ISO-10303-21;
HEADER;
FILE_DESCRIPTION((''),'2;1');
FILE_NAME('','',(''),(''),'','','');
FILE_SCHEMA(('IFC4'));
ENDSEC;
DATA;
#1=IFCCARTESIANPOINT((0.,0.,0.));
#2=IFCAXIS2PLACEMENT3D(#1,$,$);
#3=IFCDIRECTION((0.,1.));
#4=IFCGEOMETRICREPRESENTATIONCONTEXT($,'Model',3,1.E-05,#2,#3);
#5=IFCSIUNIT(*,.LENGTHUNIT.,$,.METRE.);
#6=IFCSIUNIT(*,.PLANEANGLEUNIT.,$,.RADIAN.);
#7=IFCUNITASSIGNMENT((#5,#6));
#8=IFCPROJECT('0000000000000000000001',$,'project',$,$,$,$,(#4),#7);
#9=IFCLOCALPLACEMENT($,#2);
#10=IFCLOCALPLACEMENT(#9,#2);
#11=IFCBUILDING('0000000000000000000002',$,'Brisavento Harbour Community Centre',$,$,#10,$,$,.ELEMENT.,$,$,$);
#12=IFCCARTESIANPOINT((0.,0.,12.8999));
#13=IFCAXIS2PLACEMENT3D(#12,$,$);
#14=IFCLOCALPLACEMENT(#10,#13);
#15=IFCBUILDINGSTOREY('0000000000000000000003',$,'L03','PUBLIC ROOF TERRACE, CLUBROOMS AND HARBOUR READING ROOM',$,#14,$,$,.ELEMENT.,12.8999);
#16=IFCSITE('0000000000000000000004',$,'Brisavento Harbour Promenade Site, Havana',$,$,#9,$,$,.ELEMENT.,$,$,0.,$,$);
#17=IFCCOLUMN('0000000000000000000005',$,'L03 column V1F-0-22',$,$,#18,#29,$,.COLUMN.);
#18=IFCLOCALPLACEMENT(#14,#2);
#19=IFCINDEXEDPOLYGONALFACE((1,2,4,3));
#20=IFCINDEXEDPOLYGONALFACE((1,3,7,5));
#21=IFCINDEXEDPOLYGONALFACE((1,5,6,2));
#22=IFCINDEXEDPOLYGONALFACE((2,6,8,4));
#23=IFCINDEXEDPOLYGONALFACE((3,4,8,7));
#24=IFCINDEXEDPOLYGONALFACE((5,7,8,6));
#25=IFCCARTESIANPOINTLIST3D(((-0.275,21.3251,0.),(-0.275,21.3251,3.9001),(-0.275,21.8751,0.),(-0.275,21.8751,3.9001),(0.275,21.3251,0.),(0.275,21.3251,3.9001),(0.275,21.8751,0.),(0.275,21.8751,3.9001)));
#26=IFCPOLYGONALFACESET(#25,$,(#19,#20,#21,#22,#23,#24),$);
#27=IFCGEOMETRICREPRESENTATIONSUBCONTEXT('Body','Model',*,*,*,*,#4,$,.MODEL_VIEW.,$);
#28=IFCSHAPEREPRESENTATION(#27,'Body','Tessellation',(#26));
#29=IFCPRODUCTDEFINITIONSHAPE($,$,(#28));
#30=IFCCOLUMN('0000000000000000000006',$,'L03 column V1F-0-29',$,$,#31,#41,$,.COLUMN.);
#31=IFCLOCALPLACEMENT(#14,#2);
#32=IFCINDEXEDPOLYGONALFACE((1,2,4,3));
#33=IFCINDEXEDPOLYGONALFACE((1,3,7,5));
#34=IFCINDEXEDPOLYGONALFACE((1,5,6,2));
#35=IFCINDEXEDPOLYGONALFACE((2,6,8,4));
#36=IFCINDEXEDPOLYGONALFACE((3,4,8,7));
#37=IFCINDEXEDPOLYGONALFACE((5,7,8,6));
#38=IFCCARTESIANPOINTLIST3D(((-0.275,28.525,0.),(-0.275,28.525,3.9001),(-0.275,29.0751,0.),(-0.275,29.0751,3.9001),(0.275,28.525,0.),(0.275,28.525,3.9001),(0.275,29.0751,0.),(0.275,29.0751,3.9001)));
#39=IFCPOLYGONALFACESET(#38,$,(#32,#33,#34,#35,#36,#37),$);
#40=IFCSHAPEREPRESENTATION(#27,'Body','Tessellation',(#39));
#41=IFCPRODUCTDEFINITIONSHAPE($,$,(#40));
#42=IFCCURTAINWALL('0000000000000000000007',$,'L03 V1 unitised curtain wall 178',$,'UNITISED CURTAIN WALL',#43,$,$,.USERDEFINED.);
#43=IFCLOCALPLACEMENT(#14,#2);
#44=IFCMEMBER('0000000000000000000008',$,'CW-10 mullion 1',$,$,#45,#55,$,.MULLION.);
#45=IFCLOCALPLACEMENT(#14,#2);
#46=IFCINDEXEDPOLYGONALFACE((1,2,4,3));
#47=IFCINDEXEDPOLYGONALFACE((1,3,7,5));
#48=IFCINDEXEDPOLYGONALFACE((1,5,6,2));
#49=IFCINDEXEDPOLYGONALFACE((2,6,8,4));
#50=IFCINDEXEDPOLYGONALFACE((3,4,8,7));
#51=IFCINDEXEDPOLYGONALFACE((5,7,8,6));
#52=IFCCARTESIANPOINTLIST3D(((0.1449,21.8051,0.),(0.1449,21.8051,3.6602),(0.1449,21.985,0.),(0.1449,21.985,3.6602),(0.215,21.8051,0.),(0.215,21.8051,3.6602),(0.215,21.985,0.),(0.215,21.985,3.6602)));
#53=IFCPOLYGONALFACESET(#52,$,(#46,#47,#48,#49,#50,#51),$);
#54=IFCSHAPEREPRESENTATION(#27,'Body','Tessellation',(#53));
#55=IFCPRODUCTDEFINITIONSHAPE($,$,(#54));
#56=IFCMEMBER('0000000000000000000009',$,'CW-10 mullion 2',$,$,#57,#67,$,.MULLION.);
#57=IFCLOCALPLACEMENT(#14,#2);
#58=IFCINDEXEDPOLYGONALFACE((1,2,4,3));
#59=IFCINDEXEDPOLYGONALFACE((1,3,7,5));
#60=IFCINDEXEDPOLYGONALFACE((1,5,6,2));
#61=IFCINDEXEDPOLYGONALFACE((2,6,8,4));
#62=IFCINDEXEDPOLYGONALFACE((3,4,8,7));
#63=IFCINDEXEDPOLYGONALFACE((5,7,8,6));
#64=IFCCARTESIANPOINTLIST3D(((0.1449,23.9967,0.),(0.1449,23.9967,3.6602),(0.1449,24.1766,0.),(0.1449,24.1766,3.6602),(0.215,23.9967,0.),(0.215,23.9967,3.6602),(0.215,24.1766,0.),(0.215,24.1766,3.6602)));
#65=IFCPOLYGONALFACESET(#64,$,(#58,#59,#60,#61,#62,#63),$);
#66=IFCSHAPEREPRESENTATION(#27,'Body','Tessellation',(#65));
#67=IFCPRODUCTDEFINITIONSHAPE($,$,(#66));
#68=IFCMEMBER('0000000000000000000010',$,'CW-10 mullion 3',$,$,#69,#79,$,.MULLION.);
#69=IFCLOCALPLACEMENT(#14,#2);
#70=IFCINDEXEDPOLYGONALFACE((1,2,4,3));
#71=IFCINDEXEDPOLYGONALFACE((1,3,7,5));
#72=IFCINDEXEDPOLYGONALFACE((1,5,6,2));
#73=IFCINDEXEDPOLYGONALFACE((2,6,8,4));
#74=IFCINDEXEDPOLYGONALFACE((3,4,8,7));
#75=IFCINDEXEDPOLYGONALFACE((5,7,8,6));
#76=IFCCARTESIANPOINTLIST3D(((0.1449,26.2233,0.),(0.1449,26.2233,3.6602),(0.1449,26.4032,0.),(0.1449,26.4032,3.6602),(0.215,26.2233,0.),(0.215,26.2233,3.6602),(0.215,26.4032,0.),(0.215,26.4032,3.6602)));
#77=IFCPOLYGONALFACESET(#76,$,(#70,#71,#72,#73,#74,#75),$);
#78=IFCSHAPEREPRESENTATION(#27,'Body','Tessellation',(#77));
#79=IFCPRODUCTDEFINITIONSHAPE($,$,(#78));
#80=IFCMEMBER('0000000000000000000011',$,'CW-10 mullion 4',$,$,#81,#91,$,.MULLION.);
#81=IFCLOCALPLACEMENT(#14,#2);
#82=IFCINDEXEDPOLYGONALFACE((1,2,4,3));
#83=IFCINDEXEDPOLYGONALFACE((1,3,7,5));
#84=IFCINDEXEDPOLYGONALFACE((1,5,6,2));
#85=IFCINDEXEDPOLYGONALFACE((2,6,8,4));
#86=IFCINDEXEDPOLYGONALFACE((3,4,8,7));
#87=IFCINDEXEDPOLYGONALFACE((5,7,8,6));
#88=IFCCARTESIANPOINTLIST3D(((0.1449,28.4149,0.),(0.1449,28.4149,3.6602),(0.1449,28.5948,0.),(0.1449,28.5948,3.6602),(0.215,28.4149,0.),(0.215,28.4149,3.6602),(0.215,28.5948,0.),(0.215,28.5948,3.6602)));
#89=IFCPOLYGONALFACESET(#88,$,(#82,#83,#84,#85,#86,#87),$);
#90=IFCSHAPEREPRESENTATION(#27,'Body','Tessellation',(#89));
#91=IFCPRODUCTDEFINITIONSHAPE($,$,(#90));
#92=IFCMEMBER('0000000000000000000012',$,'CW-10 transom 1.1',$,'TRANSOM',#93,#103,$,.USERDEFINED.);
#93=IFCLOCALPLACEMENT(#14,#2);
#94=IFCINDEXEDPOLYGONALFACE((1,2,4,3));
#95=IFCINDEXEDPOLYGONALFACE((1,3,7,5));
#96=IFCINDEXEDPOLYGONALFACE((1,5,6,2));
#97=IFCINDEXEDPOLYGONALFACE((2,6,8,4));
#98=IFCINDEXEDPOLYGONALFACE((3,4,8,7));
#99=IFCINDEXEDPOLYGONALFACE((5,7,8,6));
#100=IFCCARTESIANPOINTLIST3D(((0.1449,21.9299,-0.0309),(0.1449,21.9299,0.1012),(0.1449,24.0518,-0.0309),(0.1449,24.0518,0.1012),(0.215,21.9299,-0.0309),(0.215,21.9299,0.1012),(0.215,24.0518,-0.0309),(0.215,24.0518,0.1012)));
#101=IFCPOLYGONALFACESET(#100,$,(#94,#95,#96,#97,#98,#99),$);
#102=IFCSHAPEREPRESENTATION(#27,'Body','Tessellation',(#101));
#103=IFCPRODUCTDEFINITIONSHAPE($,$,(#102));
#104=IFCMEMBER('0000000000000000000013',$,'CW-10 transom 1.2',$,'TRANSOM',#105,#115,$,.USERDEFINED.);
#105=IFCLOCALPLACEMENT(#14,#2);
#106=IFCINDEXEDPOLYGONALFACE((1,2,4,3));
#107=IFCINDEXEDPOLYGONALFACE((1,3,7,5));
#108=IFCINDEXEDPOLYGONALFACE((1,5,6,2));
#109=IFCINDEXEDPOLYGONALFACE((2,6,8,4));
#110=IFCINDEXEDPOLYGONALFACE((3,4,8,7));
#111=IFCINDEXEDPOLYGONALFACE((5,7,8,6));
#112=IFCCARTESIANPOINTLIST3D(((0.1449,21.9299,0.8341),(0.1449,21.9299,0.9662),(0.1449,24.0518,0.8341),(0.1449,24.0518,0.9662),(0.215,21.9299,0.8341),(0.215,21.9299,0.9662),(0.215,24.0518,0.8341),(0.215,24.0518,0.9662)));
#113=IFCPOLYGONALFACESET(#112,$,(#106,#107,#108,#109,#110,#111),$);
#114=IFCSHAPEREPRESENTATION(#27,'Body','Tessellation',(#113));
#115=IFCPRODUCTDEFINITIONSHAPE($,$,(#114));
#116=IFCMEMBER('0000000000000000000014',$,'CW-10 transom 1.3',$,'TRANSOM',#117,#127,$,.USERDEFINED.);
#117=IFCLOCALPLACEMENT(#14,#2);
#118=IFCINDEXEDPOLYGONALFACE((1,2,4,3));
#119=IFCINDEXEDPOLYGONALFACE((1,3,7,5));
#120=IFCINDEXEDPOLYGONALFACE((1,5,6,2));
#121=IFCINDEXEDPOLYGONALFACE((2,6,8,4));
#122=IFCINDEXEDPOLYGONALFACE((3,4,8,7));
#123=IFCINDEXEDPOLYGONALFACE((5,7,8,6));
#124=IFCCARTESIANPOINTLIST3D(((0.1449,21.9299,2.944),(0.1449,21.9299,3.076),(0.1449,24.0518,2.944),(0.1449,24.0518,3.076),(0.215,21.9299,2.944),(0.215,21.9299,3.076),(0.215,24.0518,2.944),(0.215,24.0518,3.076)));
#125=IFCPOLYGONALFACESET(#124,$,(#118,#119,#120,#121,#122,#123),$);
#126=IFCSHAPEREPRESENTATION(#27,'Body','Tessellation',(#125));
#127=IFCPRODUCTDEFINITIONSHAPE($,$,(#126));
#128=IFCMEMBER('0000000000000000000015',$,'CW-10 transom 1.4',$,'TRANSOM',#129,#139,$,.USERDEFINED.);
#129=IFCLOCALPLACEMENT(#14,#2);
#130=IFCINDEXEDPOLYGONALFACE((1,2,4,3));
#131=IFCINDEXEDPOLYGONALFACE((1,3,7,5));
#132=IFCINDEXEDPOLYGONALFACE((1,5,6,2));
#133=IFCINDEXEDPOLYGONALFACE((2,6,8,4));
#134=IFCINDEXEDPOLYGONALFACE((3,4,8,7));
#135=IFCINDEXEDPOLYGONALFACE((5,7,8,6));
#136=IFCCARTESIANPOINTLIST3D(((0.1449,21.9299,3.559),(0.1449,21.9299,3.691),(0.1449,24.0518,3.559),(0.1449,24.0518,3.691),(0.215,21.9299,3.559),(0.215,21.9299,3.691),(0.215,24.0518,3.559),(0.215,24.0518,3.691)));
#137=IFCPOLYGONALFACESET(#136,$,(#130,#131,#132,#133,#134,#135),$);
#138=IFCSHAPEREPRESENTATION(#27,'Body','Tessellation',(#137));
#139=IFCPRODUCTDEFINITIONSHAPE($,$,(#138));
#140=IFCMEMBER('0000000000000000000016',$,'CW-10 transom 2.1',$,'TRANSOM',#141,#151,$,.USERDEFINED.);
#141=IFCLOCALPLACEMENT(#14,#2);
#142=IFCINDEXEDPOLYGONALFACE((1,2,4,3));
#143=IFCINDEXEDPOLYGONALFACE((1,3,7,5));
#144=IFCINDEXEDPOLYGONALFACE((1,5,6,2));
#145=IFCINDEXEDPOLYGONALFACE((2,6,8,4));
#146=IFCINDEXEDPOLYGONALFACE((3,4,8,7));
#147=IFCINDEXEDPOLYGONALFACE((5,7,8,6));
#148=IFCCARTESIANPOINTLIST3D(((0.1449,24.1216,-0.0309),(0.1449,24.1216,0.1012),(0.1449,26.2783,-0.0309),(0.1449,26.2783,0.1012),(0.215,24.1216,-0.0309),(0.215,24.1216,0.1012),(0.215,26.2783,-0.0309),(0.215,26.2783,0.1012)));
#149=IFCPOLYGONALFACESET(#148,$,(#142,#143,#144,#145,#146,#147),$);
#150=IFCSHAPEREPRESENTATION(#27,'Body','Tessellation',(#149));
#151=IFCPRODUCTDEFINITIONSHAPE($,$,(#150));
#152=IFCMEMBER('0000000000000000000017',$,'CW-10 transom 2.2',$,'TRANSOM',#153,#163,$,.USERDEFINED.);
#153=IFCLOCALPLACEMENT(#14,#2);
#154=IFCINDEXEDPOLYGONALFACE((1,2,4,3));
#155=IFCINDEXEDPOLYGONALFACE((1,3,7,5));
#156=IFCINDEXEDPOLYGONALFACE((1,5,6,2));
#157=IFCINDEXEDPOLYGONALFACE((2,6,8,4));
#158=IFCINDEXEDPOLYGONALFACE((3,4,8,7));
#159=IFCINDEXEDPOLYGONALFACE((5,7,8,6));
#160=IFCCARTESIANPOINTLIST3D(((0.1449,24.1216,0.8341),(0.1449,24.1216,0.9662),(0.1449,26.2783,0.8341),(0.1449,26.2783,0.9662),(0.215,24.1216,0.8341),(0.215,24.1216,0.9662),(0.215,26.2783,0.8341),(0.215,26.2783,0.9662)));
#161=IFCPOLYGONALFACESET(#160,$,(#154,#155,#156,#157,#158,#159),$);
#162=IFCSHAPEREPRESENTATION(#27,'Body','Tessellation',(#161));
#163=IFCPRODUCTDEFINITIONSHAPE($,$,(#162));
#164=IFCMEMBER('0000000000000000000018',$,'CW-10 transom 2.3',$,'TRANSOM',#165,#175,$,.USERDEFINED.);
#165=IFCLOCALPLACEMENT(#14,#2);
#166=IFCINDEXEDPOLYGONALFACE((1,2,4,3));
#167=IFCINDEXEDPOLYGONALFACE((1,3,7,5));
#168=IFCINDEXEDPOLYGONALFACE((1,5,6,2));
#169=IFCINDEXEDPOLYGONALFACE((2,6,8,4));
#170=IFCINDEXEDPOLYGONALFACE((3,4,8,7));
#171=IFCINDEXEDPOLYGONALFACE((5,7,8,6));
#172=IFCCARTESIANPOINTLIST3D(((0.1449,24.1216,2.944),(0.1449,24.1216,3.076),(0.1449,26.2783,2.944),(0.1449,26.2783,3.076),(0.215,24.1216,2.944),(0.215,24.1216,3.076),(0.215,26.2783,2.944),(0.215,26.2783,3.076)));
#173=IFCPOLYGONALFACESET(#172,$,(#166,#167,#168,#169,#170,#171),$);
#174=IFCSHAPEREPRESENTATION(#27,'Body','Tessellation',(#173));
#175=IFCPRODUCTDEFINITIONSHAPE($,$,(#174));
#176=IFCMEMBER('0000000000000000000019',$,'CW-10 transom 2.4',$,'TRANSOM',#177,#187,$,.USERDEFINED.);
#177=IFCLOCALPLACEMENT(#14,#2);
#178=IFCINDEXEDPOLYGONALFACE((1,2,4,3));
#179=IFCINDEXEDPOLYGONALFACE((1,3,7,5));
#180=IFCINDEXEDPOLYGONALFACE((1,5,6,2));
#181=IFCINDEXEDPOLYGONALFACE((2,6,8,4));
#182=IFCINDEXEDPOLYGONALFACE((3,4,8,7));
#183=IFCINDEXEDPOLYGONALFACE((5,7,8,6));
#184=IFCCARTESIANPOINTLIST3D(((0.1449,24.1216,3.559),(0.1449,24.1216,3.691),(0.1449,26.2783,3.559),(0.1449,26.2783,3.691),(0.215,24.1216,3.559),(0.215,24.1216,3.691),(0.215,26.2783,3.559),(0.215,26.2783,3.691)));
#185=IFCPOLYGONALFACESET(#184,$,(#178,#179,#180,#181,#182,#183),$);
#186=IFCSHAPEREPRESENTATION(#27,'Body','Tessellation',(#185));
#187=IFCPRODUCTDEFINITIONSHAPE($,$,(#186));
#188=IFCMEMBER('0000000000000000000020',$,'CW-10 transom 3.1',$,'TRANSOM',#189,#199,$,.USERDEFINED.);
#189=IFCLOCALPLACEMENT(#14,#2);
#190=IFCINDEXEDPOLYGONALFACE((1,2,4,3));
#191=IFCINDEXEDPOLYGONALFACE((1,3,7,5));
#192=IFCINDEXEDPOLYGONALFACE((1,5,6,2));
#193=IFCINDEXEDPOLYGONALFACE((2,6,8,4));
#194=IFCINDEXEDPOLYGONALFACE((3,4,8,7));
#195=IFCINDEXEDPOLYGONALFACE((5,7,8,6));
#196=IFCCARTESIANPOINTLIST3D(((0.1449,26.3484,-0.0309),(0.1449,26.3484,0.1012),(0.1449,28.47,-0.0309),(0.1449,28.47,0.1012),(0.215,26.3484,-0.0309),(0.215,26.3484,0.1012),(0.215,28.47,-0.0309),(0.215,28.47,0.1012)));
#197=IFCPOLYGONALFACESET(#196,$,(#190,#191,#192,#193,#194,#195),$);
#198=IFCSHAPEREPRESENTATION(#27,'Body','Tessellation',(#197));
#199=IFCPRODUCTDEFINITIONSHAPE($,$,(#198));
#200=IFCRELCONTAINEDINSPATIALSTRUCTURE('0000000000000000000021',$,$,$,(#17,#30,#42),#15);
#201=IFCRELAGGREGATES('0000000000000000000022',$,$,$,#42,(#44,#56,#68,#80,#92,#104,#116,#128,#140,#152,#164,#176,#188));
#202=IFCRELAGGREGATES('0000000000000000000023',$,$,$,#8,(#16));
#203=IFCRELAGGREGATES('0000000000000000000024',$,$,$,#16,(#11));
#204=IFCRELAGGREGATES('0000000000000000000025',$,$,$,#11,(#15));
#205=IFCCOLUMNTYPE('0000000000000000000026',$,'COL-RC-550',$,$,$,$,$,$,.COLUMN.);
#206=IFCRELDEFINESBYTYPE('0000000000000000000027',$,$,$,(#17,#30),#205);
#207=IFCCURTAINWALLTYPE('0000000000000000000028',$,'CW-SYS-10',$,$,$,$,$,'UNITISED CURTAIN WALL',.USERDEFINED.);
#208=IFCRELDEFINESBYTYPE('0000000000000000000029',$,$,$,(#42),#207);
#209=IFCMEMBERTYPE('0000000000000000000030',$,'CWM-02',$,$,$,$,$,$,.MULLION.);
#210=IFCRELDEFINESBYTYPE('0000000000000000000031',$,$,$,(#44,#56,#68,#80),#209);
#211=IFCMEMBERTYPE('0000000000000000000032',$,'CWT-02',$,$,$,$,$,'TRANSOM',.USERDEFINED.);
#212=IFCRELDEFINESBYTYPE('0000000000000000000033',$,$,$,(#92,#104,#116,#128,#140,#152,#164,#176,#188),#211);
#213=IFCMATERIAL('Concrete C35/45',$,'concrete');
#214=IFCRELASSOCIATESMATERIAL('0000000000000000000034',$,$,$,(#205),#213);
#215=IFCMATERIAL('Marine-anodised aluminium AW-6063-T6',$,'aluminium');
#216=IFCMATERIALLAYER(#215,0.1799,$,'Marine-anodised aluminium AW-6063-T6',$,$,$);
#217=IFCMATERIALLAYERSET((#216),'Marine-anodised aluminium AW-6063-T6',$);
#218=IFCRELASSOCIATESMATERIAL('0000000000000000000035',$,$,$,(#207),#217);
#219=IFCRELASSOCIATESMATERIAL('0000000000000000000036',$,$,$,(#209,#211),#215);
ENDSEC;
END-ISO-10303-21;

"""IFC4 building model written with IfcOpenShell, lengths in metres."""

from ifc_helpers import new_model, si_unit, direction, frame, origin, origin_2d, place, context, subcontext, project, spatial, rectangle, extrude, material, layer, layer_set, material_profile, profile_set, type_object, element, aggregate, save


model = new_model("IFC4")

# Units and contexts
model_context = context("Model", 3, precision=1e-05, world=origin(), true_north=direction((0.0, 1.0)))
body_context = subcontext(model_context, "Body", "Model", "MODEL_VIEW")
ifc_project = project(units=[si_unit("LENGTHUNIT", "METRE"), si_unit("PLANEANGLEUNIT", "RADIAN")], contexts=[model_context])

# Site, building, storey
site_placement = place(None, origin())
site = spatial("IfcSite", under=ifc_project, at=site_placement, Name="Brisavento Harbour Promenade Site, Havana", CompositionType="ELEMENT", RefElevation=0.0)
building_placement = place(site_placement, origin())
building = spatial("IfcBuilding", under=site, at=building_placement, Name="Brisavento Harbour Community Centre", CompositionType="ELEMENT")
storey_placement = place(building_placement, frame((0.0, 0.0, 12.8999)))
storey = spatial("IfcBuildingStorey", under=building, at=storey_placement, Name="L03", Description="PUBLIC ROOF TERRACE, CLUBROOMS AND HARBOUR READING ROOM", CompositionType="ELEMENT", Elevation=12.8999)

# Columns
ifc_material_1 = material(Name="Concrete C35/45", Category="concrete")
ifc_material_profile_1 = material_profile(ifc_material_1, rectangle(XDim=0.55, YDim=0.55, at=origin_2d()), Name="Concrete C35/45")
ifc_profile_set_1 = profile_set([ifc_material_profile_1], Name="Concrete C35/45")
column_type = type_object("IfcColumnType", Name="COL-RC-550", PredefinedType="COLUMN", material=ifc_profile_set_1)
for number, where, z_axis, x_axis, name in (
    (1, (0.0, 21.6001, 0.0), (0.0, 0.0, 1.0), (1.0, 0.0, 0.0), "L03 column V1F-0-22"),
    (2, (0.0, 28.8, 0.0), (0.0, 0.0, 1.0), (1.0, 0.0, 0.0), "L03 column V1F-0-29"),
):
    element("IfcColumn", number, at=place(storey_placement, frame(where, z_axis=z_axis, x_axis=x_axis)), inside=storey, type_object=column_type, Name=name, PredefinedType="COLUMN", context=body_context, shape_type="SweptSolid", body=[
        extrude(rectangle(XDim=0.55, YDim=0.55, at=origin_2d()), origin(), (0.0, 0.0, 1.0), 3.9001),
    ])

# Curtain wall, members
ifc_material_2 = material(Name="Marine-anodised aluminium AW-6063-T6", Category="aluminium")
ifc_layer_1 = layer(ifc_material_2, 0.1799, Name="Marine-anodised aluminium AW-6063-T6")
ifc_layer_set_1 = layer_set([ifc_layer_1], Name="Marine-anodised aluminium AW-6063-T6")
curtain_wall_type = type_object("IfcCurtainWallType", Name="CW-SYS-10", ElementType="UNITISED CURTAIN WALL", PredefinedType="USERDEFINED", material=ifc_layer_set_1)
curtain_wall_placement = place(storey_placement, origin())
curtain_wall = element("IfcCurtainWall", 3, at=curtain_wall_placement, inside=storey, type_object=curtain_wall_type, Name="L03 V1 unitised curtain wall 178", ObjectType="UNITISED CURTAIN WALL", PredefinedType="USERDEFINED")
ifc_material_profile_2 = material_profile(ifc_material_2, rectangle(XDim=0.0701, YDim=0.1799, at=origin_2d()), Name="Marine-anodised aluminium AW-6063-T6")
ifc_profile_set_2 = profile_set([ifc_material_profile_2], Name="Marine-anodised aluminium AW-6063-T6")
member_type_1 = type_object("IfcMemberType", Name="CWM-02", PredefinedType="MULLION", material=ifc_profile_set_2)
member_1_placement = place(storey_placement, frame((0.1799, 21.895, 0.0), z_axis=(0.0, 0.0, 1.0), x_axis=(-1.0, 0.0, 0.0)))
member_1 = element("IfcMember", 4, at=member_1_placement, type_object=member_type_1, Name="CW-10 mullion 1", PredefinedType="MULLION", context=body_context, shape_type="SweptSolid", body=[
    extrude(rectangle(XDim=0.0701, YDim=0.1799, at=origin_2d()), origin(), (0.0, 0.0, 1.0), 3.6602),
])
member_2_placement = place(storey_placement, frame((0.1799, 24.0867, 0.0), z_axis=(0.0, 0.0, 1.0), x_axis=(-1.0, 0.0, 0.0)))
member_2 = element("IfcMember", 5, at=member_2_placement, type_object=member_type_1, Name="CW-10 mullion 2", PredefinedType="MULLION", context=body_context, shape_type="SweptSolid", body=[
    extrude(rectangle(XDim=0.0701, YDim=0.1799, at=origin_2d()), origin(), (0.0, 0.0, 1.0), 3.6602),
])
member_3_placement = place(storey_placement, frame((0.1799, 26.3132, 0.0), z_axis=(0.0, 0.0, 1.0), x_axis=(-1.0, 0.0, 0.0)))
member_3 = element("IfcMember", 6, at=member_3_placement, type_object=member_type_1, Name="CW-10 mullion 3", PredefinedType="MULLION", context=body_context, shape_type="SweptSolid", body=[
    extrude(rectangle(XDim=0.0701, YDim=0.1799, at=origin_2d()), origin(), (0.0, 0.0, 1.0), 3.6602),
])
member_4_placement = place(storey_placement, frame((0.1799, 28.5049, 0.0), z_axis=(0.0, 0.0, 1.0), x_axis=(-1.0, 0.0, 0.0)))
member_4 = element("IfcMember", 7, at=member_4_placement, type_object=member_type_1, Name="CW-10 mullion 4", PredefinedType="MULLION", context=body_context, shape_type="SweptSolid", body=[
    extrude(rectangle(XDim=0.0701, YDim=0.1799, at=origin_2d()), origin(), (0.0, 0.0, 1.0), 3.6602),
])
ifc_material_profile_3 = material_profile(ifc_material_2, rectangle(XDim=0.0701, YDim=0.1321, at=origin_2d()), Name="Marine-anodised aluminium AW-6063-T6")
ifc_profile_set_3 = profile_set([ifc_material_profile_3], Name="Marine-anodised aluminium AW-6063-T6")
member_type_2 = type_object("IfcMemberType", Name="CWT-02", ElementType="TRANSOM", PredefinedType="USERDEFINED", material=ifc_profile_set_3)
member_5_placement = place(storey_placement, frame((0.1799, 21.9299, 0.0352), z_axis=(0.0, 1.0, 0.0), x_axis=(-1.0, 0.0, 0.0)))
member_5 = element("IfcMember", 8, at=member_5_placement, type_object=member_type_2, Name="CW-10 transom 1.1", ObjectType="TRANSOM", PredefinedType="USERDEFINED", context=body_context, shape_type="SweptSolid", body=[
    extrude(rectangle(XDim=0.0701, YDim=0.1321, at=origin_2d()), origin(), (0.0, 0.0, 1.0), 2.1218),
])
member_6_placement = place(storey_placement, frame((0.1799, 21.9299, 0.9001), z_axis=(0.0, 1.0, 0.0), x_axis=(-1.0, 0.0, 0.0)))
member_6 = element("IfcMember", 9, at=member_6_placement, type_object=member_type_2, Name="CW-10 transom 1.2", ObjectType="TRANSOM", PredefinedType="USERDEFINED", context=body_context, shape_type="SweptSolid", body=[
    extrude(rectangle(XDim=0.0701, YDim=0.1321, at=origin_2d()), origin(), (0.0, 0.0, 1.0), 2.1218),
])
member_7_placement = place(storey_placement, frame((0.1799, 21.9299, 3.01), z_axis=(0.0, 1.0, 0.0), x_axis=(-1.0, 0.0, 0.0)))
member_7 = element("IfcMember", 10, at=member_7_placement, type_object=member_type_2, Name="CW-10 transom 1.3", ObjectType="TRANSOM", PredefinedType="USERDEFINED", context=body_context, shape_type="SweptSolid", body=[
    extrude(rectangle(XDim=0.0701, YDim=0.1321, at=origin_2d()), origin(), (0.0, 0.0, 1.0), 2.1218),
])
member_8_placement = place(storey_placement, frame((0.1799, 21.9299, 3.625), z_axis=(0.0, 1.0, 0.0), x_axis=(-1.0, 0.0, 0.0)))
member_8 = element("IfcMember", 11, at=member_8_placement, type_object=member_type_2, Name="CW-10 transom 1.4", ObjectType="TRANSOM", PredefinedType="USERDEFINED", context=body_context, shape_type="SweptSolid", body=[
    extrude(rectangle(XDim=0.0701, YDim=0.1321, at=origin_2d()), origin(), (0.0, 0.0, 1.0), 2.1218),
])
member_9_placement = place(storey_placement, frame((0.1799, 24.1216, 0.0352), z_axis=(0.0, 1.0, 0.0), x_axis=(-1.0, 0.0, 0.0)))
member_9 = element("IfcMember", 12, at=member_9_placement, type_object=member_type_2, Name="CW-10 transom 2.1", ObjectType="TRANSOM", PredefinedType="USERDEFINED", context=body_context, shape_type="SweptSolid", body=[
    extrude(rectangle(XDim=0.0701, YDim=0.1321, at=origin_2d()), origin(), (0.0, 0.0, 1.0), 2.1567),
])
member_10_placement = place(storey_placement, frame((0.1799, 24.1216, 0.9001), z_axis=(0.0, 1.0, 0.0), x_axis=(-1.0, 0.0, 0.0)))
member_10 = element("IfcMember", 13, at=member_10_placement, type_object=member_type_2, Name="CW-10 transom 2.2", ObjectType="TRANSOM", PredefinedType="USERDEFINED", context=body_context, shape_type="SweptSolid", body=[
    extrude(rectangle(XDim=0.0701, YDim=0.1321, at=origin_2d()), origin(), (0.0, 0.0, 1.0), 2.1567),
])
member_11_placement = place(storey_placement, frame((0.1799, 24.1216, 3.01), z_axis=(0.0, 1.0, 0.0), x_axis=(-1.0, 0.0, 0.0)))
member_11 = element("IfcMember", 14, at=member_11_placement, type_object=member_type_2, Name="CW-10 transom 2.3", ObjectType="TRANSOM", PredefinedType="USERDEFINED", context=body_context, shape_type="SweptSolid", body=[
    extrude(rectangle(XDim=0.0701, YDim=0.1321, at=origin_2d()), origin(), (0.0, 0.0, 1.0), 2.1567),
])
member_12_placement = place(storey_placement, frame((0.1799, 24.1216, 3.625), z_axis=(0.0, 1.0, 0.0), x_axis=(-1.0, 0.0, 0.0)))
member_12 = element("IfcMember", 15, at=member_12_placement, type_object=member_type_2, Name="CW-10 transom 2.4", ObjectType="TRANSOM", PredefinedType="USERDEFINED", context=body_context, shape_type="SweptSolid", body=[
    extrude(rectangle(XDim=0.0701, YDim=0.1321, at=origin_2d()), origin(), (0.0, 0.0, 1.0), 2.1567),
])
member_13_placement = place(storey_placement, frame((0.1799, 26.3484, 0.0352), z_axis=(0.0, 1.0, 0.0), x_axis=(-1.0, 0.0, 0.0)))
member_13 = element("IfcMember", 16, at=member_13_placement, type_object=member_type_2, Name="CW-10 transom 3.1", ObjectType="TRANSOM", PredefinedType="USERDEFINED", context=body_context, shape_type="SweptSolid", body=[
    extrude(rectangle(XDim=0.0701, YDim=0.1321, at=origin_2d()), origin(), (0.0, 0.0, 1.0), 2.1216),
])
aggregate(curtain_wall, [member_1, member_2, member_3, member_4, member_5, member_6, member_7, member_8, member_9, member_10, member_11, member_12, member_13])

save(model, "model.ifc")
